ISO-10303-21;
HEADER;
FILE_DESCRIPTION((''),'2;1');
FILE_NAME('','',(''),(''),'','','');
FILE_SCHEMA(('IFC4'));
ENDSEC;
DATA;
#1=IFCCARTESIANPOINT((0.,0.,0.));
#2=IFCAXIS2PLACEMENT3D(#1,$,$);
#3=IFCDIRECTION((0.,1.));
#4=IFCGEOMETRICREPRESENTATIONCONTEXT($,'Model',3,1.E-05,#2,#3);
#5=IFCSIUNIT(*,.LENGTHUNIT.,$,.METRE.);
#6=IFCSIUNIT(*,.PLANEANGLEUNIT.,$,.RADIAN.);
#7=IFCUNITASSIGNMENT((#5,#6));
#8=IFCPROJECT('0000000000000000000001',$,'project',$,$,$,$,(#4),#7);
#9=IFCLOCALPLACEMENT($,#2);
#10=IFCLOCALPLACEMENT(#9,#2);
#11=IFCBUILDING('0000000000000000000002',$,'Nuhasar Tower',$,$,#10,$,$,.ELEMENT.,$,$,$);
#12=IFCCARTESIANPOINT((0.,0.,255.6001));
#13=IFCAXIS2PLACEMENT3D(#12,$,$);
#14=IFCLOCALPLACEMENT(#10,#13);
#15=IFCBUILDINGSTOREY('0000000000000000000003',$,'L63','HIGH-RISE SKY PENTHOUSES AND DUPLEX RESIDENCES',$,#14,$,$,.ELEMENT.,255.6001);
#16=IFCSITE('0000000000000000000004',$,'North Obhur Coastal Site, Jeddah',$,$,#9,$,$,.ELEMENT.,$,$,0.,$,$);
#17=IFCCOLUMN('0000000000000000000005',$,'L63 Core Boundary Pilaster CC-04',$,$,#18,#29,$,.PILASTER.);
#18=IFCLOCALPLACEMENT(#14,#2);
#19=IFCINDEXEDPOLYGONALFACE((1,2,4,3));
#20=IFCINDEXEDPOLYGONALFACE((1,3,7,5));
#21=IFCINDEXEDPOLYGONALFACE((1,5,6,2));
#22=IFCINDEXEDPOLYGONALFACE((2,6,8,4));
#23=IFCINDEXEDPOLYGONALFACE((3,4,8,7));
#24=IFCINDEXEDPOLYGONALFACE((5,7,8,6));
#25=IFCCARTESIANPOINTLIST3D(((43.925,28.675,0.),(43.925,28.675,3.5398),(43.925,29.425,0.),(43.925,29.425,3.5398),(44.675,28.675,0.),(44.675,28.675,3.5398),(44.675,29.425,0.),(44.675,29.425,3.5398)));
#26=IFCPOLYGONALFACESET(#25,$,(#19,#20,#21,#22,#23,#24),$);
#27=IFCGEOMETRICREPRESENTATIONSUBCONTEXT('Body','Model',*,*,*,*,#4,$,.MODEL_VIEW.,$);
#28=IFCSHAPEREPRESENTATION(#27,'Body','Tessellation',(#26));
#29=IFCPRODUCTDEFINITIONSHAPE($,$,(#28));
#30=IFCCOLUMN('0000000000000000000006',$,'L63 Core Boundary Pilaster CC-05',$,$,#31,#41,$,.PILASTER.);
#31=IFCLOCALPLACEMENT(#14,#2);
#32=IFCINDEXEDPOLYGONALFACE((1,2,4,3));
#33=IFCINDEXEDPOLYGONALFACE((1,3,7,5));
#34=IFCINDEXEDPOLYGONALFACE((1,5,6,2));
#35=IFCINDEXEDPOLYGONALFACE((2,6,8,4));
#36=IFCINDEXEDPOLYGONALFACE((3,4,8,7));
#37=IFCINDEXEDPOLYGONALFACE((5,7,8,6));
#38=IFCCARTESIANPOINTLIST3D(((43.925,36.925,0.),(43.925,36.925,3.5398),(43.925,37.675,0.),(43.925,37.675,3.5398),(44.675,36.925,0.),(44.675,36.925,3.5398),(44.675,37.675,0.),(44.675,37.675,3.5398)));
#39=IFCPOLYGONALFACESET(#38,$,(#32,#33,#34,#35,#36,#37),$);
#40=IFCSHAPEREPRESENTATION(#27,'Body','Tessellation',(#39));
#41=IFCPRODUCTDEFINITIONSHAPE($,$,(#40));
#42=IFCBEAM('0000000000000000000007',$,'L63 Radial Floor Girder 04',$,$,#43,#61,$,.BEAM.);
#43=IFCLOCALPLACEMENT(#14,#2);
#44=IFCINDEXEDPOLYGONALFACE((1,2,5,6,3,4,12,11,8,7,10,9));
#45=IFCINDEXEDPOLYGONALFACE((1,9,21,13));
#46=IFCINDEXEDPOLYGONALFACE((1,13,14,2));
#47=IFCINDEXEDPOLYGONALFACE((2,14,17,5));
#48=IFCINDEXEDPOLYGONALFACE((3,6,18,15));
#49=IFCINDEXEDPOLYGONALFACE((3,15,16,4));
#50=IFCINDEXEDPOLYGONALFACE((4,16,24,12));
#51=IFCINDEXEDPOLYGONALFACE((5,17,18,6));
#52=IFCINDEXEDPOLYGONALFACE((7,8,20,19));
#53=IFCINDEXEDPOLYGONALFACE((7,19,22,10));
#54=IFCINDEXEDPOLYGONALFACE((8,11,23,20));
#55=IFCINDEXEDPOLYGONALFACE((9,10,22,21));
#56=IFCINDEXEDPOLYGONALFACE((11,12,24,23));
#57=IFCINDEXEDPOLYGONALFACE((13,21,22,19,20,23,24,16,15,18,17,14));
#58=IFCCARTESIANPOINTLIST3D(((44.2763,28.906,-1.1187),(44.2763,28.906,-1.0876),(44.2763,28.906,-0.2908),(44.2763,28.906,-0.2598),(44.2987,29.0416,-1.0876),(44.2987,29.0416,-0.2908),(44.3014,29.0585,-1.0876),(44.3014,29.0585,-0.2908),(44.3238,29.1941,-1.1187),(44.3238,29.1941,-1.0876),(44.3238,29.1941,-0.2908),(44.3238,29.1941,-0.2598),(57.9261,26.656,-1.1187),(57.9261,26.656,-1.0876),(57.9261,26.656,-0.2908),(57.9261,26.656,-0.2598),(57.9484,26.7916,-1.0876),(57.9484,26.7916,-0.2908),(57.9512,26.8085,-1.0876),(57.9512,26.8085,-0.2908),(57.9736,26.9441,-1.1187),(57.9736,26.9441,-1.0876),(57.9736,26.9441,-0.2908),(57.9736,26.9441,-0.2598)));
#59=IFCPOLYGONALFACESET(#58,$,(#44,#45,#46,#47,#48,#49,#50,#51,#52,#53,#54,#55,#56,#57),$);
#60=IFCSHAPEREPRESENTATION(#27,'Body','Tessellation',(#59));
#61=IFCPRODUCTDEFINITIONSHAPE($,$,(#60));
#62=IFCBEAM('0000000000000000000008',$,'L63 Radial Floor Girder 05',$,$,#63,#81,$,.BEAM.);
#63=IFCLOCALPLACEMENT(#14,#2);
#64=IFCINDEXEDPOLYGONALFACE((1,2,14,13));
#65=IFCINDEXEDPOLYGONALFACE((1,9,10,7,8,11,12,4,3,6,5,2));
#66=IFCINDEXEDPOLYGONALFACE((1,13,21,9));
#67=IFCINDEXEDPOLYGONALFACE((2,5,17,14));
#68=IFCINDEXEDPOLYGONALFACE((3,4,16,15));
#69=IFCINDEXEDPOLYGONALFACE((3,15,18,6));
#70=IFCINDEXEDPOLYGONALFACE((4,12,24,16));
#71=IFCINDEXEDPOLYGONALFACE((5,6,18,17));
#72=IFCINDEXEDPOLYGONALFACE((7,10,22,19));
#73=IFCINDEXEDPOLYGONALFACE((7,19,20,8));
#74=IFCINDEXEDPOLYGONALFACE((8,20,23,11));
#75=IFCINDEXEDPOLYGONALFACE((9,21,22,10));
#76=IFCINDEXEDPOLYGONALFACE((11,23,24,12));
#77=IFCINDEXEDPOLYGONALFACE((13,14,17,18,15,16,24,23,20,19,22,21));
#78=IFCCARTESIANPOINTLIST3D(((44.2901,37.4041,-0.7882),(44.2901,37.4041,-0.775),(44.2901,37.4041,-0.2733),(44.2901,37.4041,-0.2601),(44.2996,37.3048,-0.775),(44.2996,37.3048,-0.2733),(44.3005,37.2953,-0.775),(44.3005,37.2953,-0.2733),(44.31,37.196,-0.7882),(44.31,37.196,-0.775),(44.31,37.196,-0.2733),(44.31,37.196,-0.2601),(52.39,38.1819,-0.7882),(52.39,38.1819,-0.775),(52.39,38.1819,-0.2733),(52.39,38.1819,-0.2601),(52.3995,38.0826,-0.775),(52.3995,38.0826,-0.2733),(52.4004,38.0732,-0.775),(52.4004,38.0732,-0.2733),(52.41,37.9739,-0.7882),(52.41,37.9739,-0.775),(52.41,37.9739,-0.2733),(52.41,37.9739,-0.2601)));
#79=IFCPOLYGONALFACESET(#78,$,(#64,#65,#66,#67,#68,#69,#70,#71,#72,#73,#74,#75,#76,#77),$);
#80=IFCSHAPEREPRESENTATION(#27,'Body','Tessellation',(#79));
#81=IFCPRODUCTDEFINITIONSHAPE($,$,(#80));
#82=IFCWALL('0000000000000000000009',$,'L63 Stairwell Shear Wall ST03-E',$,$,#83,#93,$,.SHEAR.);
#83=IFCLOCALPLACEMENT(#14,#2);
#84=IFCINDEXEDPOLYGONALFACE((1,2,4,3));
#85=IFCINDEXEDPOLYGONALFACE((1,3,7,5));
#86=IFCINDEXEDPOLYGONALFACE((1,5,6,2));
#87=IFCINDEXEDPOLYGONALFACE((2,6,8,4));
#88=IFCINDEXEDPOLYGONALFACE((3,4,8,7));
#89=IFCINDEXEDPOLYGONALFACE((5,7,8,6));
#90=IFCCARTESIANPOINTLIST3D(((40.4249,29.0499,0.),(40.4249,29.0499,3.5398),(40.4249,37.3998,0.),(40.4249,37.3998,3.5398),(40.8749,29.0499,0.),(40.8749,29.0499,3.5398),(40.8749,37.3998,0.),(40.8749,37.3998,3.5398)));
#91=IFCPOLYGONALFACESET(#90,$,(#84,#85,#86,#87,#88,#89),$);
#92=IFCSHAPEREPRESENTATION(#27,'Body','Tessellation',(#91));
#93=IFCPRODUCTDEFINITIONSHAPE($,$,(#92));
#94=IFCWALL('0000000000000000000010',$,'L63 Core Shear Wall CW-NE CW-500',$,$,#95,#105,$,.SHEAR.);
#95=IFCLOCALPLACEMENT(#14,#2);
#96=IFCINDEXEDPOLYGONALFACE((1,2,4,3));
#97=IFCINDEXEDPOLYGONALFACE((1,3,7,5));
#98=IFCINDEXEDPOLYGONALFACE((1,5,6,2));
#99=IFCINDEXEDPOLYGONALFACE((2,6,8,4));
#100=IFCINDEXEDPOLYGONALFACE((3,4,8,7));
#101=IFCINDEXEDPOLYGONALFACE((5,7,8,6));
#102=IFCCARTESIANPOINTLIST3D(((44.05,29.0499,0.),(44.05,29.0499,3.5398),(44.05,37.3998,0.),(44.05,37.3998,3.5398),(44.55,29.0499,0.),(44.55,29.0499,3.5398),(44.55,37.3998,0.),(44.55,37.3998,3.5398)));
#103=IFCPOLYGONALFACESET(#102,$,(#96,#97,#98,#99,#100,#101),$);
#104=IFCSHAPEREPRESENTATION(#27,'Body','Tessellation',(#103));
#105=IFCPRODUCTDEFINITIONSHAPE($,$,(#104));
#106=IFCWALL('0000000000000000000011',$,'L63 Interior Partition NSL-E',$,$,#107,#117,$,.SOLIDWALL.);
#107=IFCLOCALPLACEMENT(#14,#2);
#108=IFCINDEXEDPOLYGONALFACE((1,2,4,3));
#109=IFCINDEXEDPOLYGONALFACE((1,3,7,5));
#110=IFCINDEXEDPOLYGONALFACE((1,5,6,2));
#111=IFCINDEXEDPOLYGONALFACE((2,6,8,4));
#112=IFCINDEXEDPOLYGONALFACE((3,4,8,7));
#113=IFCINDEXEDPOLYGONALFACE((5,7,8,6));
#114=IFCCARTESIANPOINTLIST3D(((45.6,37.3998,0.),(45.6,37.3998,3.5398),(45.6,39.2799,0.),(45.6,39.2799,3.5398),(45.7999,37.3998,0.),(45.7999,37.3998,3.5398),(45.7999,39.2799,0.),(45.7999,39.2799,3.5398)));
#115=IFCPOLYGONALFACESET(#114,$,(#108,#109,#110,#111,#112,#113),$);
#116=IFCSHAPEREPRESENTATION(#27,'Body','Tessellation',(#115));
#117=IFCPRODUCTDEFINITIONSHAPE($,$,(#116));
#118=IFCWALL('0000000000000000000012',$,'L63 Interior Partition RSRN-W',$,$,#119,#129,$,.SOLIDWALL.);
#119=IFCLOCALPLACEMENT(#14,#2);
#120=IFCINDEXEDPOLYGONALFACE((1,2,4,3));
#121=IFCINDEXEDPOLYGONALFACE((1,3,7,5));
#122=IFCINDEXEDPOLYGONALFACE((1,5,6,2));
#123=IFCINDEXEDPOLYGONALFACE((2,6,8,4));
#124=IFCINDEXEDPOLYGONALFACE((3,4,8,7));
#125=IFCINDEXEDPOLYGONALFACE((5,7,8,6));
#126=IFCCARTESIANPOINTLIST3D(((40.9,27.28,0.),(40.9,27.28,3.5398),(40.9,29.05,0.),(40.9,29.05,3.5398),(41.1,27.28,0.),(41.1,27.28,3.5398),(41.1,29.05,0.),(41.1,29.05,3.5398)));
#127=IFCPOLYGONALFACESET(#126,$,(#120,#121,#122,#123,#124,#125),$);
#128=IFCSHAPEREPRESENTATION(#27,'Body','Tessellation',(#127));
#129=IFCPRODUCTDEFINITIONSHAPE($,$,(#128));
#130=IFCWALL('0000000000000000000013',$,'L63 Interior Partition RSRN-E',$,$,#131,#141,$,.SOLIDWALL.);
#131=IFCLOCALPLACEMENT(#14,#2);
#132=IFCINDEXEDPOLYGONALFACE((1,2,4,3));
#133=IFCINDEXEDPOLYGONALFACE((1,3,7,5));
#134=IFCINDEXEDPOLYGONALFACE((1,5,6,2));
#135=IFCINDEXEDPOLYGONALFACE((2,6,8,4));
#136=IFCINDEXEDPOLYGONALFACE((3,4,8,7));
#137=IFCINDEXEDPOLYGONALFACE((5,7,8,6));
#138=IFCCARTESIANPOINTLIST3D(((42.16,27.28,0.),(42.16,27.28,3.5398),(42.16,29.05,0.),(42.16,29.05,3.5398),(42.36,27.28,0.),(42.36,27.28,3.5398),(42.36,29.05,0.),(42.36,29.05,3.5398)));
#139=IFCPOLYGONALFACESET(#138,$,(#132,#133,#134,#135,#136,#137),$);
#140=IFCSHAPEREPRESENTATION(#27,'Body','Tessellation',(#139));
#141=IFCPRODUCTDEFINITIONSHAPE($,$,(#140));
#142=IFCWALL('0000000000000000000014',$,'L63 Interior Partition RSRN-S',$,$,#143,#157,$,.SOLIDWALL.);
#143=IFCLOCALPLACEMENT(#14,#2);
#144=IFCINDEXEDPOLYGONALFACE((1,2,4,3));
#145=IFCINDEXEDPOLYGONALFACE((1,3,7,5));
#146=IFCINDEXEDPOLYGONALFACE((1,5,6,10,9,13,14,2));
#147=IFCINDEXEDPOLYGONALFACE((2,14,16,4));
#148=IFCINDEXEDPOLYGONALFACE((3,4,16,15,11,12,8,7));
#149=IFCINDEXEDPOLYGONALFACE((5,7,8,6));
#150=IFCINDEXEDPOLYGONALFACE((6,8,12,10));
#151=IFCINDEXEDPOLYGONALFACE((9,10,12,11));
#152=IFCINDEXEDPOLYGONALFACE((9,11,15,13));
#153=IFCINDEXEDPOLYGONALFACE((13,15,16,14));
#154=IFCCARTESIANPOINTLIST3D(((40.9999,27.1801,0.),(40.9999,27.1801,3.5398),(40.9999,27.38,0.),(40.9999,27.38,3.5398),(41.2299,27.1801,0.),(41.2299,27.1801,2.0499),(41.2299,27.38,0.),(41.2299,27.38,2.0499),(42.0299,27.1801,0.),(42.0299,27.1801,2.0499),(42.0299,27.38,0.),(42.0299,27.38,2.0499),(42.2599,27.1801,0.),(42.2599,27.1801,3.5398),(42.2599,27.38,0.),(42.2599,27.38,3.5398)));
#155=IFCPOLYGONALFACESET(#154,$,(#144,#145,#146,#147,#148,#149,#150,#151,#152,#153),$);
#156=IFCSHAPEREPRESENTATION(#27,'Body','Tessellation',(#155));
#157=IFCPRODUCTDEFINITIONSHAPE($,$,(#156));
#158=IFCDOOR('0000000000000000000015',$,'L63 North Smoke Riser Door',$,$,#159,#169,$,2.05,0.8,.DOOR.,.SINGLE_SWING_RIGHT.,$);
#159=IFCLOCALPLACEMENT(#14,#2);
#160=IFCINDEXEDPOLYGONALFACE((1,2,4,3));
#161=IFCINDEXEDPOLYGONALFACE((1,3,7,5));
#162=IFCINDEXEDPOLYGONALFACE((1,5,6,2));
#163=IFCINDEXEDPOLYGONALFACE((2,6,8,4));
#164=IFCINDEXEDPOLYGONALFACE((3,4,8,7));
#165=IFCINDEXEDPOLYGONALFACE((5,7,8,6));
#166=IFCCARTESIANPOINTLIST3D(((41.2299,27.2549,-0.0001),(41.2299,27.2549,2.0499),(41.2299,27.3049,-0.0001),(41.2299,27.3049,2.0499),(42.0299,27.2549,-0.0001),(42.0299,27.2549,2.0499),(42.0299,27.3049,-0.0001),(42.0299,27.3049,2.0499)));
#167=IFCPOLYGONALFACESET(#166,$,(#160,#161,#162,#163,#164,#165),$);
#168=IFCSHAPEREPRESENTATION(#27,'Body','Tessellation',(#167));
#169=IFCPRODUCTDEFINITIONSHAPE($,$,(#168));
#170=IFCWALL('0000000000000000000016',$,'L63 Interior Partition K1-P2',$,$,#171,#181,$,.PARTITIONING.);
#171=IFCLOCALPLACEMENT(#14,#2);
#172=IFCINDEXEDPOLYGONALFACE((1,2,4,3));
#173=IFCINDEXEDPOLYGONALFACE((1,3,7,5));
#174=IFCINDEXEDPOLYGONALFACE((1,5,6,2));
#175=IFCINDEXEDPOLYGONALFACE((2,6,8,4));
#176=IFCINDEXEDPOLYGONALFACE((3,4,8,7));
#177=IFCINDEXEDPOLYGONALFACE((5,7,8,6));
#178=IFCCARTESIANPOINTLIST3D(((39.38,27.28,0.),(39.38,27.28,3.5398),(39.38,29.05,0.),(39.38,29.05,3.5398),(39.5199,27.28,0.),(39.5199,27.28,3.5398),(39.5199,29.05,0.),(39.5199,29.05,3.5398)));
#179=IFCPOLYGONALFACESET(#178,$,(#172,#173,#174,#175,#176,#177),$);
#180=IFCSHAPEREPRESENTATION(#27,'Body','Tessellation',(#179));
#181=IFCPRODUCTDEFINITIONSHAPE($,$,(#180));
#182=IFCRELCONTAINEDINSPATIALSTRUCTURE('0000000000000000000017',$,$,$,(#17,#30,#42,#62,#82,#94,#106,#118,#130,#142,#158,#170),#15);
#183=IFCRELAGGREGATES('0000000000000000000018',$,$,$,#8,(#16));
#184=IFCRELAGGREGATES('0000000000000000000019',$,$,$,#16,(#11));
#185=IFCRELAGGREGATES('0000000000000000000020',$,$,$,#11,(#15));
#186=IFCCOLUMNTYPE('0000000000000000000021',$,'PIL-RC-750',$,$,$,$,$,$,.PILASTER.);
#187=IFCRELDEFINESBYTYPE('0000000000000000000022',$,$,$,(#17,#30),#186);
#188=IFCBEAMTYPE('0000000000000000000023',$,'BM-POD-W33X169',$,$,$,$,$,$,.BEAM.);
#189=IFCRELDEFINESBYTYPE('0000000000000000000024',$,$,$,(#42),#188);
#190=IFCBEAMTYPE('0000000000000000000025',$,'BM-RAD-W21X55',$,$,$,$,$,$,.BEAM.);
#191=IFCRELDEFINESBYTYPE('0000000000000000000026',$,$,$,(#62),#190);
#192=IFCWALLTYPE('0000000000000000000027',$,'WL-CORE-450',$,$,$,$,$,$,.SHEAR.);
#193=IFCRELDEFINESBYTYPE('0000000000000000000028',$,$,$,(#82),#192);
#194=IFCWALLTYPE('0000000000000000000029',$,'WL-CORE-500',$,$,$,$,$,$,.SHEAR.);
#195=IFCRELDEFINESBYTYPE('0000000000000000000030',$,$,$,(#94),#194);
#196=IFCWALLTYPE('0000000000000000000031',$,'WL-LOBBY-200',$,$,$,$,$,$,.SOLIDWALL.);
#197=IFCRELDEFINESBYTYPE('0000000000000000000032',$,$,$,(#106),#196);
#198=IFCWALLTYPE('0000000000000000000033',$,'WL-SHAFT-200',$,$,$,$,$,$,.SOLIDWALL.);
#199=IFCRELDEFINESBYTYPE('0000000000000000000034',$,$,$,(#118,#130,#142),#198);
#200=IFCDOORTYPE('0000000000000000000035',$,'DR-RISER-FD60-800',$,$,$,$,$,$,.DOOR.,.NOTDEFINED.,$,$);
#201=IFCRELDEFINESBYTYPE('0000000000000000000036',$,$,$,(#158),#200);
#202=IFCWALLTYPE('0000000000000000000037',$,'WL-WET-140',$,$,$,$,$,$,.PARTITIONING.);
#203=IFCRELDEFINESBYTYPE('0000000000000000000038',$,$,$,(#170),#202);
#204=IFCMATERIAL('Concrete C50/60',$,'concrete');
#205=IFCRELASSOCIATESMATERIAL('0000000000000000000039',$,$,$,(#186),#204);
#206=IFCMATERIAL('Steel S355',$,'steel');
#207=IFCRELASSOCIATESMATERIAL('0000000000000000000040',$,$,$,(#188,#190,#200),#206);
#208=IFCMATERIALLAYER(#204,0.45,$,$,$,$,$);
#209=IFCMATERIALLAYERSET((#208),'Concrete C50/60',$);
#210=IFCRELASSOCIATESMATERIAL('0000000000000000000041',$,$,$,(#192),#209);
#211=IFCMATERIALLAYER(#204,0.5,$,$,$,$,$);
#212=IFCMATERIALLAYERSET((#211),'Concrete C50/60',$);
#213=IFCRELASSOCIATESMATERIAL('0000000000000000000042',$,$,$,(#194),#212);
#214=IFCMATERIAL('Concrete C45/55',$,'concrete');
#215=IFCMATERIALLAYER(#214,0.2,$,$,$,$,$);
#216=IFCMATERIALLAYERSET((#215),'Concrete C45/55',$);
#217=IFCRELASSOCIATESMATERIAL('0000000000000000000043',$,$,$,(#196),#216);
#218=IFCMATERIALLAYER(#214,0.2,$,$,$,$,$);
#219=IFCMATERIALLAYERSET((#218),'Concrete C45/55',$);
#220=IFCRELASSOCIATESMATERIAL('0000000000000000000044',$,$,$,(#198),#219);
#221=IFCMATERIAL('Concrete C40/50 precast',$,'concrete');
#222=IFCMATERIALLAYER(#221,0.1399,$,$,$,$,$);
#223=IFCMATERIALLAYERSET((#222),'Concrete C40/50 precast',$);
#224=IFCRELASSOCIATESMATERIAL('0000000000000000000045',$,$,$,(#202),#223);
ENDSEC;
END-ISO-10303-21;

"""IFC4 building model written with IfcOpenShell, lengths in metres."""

from ifc_helpers import new_model, si_unit, direction, frame, frame_2d, origin, origin_2d, place, context, subcontext, project, spatial, rectangle, i_section, extrude, material, layer, layer_set, material_profile, profile_set, type_object, element, fill, save


model = new_model("IFC4")

# Units and contexts
model_context = context("Model", 3, precision=1e-05, world=origin(), true_north=direction((0.0, 1.0)))
body_context = subcontext(model_context, "Body", "Model", "MODEL_VIEW")
ifc_project = project(units=[si_unit("LENGTHUNIT", "METRE"), si_unit("PLANEANGLEUNIT", "RADIAN")], contexts=[model_context])

# Site, building, storey
site_placement = place(None, origin())
site = spatial("IfcSite", under=ifc_project, at=site_placement, Name="North Obhur Coastal Site, Jeddah", CompositionType="ELEMENT", RefElevation=0.0)
building_placement = place(site_placement, origin())
building = spatial("IfcBuilding", under=site, at=building_placement, Name="Nuhasar Tower", CompositionType="ELEMENT")
storey_placement = place(building_placement, frame((0.0, 0.0, 255.6001)))
storey = spatial("IfcBuildingStorey", under=building, at=storey_placement, Name="L63", Description="HIGH-RISE SKY PENTHOUSES AND DUPLEX RESIDENCES", CompositionType="ELEMENT", Elevation=255.6001)

# Columns
ifc_material_1 = material(Name="Concrete C50/60", Category="concrete")
ifc_material_profile_1 = material_profile(ifc_material_1, rectangle(XDim=0.75, YDim=0.75, at=origin_2d()), Name="RC750X750")
ifc_profile_set_1 = profile_set([ifc_material_profile_1], Name="Concrete C50/60")
column_type = type_object("IfcColumnType", Name="PIL-RC-750", PredefinedType="PILASTER", material=ifc_profile_set_1)
for number, where, z_axis, x_axis, name in (
    (1, (44.3, 29.05, 0.0), (0.0, 0.0, 1.0), (1.0, 0.0, 0.0), "L63 Core Boundary Pilaster CC-04"),
    (2, (44.3, 37.3, 0.0), (0.0, 0.0, 1.0), (1.0, 0.0, 0.0), "L63 Core Boundary Pilaster CC-05"),
):
    element("IfcColumn", number, at=place(storey_placement, frame(where, z_axis=z_axis, x_axis=x_axis)), inside=storey, type_object=column_type, Name=name, PredefinedType="PILASTER", context=body_context, shape_type="SweptSolid", body=[
        extrude(rectangle(XDim=0.75, YDim=0.75, at=origin_2d()), origin(), (0.0, 0.0, 1.0), 3.5398),
    ])

# Beams
ifc_material_2 = material(Name="Steel S355", Category="steel")
ifc_material_profile_2 = material_profile(ifc_material_2, i_section(OverallWidth=0.292, OverallDepth=0.8589, WebThickness=0.0171, FlangeThickness=0.031, at=origin_2d()), Name="W33X169")
ifc_profile_set_2 = profile_set([ifc_material_profile_2], Name="Steel S355")
beam_type_1 = type_object("IfcBeamType", Name="BM-POD-W33X169", PredefinedType="BEAM", material=ifc_profile_set_2)
beam_1_placement = place(storey_placement, frame((44.3, 29.05, -0.6892), z_axis=(0.986685, -0.162642, 0.0), x_axis=(0.162642, 0.986685, 0.0)))
element("IfcBeam", 3, at=beam_1_placement, inside=storey, type_object=beam_type_1, Name="L63 Radial Floor Girder 04", PredefinedType="BEAM", context=body_context, shape_type="SweptSolid", body=[
    extrude(i_section(OverallWidth=0.292, OverallDepth=0.8589, WebThickness=0.0171, FlangeThickness=0.031, at=origin_2d()), origin(), (0.0, 0.0, 1.0), 13.834),
])
ifc_material_profile_3 = material_profile(ifc_material_2, i_section(OverallWidth=0.209, OverallDepth=0.5281, WebThickness=0.0095, FlangeThickness=0.0132, at=origin_2d()), Name="W21X55")
ifc_profile_set_3 = profile_set([ifc_material_profile_3], Name="Steel S355")
beam_type_2 = type_object("IfcBeamType", Name="BM-RAD-W21X55", PredefinedType="BEAM", material=ifc_profile_set_3)
beam_2_placement = place(storey_placement, frame((44.3, 37.3, -0.5242), z_axis=(0.995421, 0.095591, 0.0), x_axis=(-0.095591, 0.995421, 0.0)))
element("IfcBeam", 4, at=beam_2_placement, inside=storey, type_object=beam_type_2, Name="L63 Radial Floor Girder 05", PredefinedType="BEAM", context=body_context, shape_type="SweptSolid", body=[
    extrude(i_section(OverallWidth=0.209, OverallDepth=0.5281, WebThickness=0.0095, FlangeThickness=0.0132, at=origin_2d()), origin(), (0.0, 0.0, 1.0), 8.1372),
])

# Shared definitions
ifc_layer_1 = layer(ifc_material_1, 0.45)
ifc_layer_set_1 = layer_set([ifc_layer_1], Name="Concrete C50/60")
wall_type_1 = type_object("IfcWallType", Name="WL-CORE-450", PredefinedType="SHEAR", material=ifc_layer_set_1)

# Wall
wall_1_placement = place(storey_placement, frame((40.6499, 29.05, 0.0), z_axis=(0.0, 0.0, 1.0), x_axis=(0.0, 1.0, 0.0)))
element("IfcWall", 5, at=wall_1_placement, inside=storey, type_object=wall_type_1, Name="L63 Stairwell Shear Wall ST03-E", PredefinedType="SHEAR", context=body_context, shape_type="SweptSolid", body=[
    extrude(rectangle(XDim=8.3499, YDim=0.45, at=frame_2d((4.1748, 0.0))), origin(), (0.0, 0.0, 1.0), 3.5398),
])

# Walls
ifc_layer_2 = layer(ifc_material_1, 0.5)
ifc_layer_set_2 = layer_set([ifc_layer_2], Name="Concrete C50/60")
wall_type_2 = type_object("IfcWallType", Name="WL-CORE-500", PredefinedType="SHEAR", material=ifc_layer_set_2)
wall_2_placement = place(storey_placement, frame((44.3, 29.05, 0.0), z_axis=(0.0, 0.0, 1.0), x_axis=(0.0, 1.0, 0.0)))
element("IfcWall", 6, at=wall_2_placement, inside=storey, type_object=wall_type_2, Name="L63 Core Shear Wall CW-NE CW-500", PredefinedType="SHEAR", context=body_context, shape_type="SweptSolid", body=[
    extrude(rectangle(XDim=8.3499, YDim=0.5, at=frame_2d((4.1748, 0.0))), origin(), (0.0, 0.0, 1.0), 3.5398),
])
ifc_material_3 = material(Name="Concrete C45/55", Category="concrete")
ifc_layer_3 = layer(ifc_material_3, 0.2)
ifc_layer_set_3 = layer_set([ifc_layer_3], Name="Concrete C45/55")
wall_type_3 = type_object("IfcWallType", Name="WL-LOBBY-200", PredefinedType="SOLIDWALL", material=ifc_layer_set_3)
wall_3_placement = place(storey_placement, frame((45.7, 37.3999, 0.0), z_axis=(0.0, 0.0, 1.0), x_axis=(0.0, 1.0, 0.0)))
element("IfcWall", 7, at=wall_3_placement, inside=storey, type_object=wall_type_3, Name="L63 Interior Partition NSL-E", PredefinedType="SOLIDWALL", context=body_context, shape_type="SweptSolid", body=[
    extrude(rectangle(XDim=1.8801, YDim=0.2, at=frame_2d((0.9399, 0.0))), origin(), (0.0, 0.0, 1.0), 3.5398),
])
ifc_layer_4 = layer(ifc_material_3, 0.2)
ifc_layer_set_4 = layer_set([ifc_layer_4], Name="Concrete C45/55")
wall_type_4 = type_object("IfcWallType", Name="WL-SHAFT-200", PredefinedType="SOLIDWALL", material=ifc_layer_set_4)
for number, where, z_axis, x_axis, name in (
    (8, (41.0, 27.28, 0.0), (0.0, 0.0, 1.0), (0.0, 1.0, 0.0), "L63 Interior Partition RSRN-W"),
    (9, (42.26, 27.28, 0.0), (0.0, 0.0, 1.0), (0.0, 1.0, 0.0), "L63 Interior Partition RSRN-E"),
):
    element("IfcWall", number, at=place(storey_placement, frame(where, z_axis=z_axis, x_axis=x_axis)), inside=storey, type_object=wall_type_4, Name=name, PredefinedType="SOLIDWALL", context=body_context, shape_type="SweptSolid", body=[
        extrude(rectangle(XDim=1.77, YDim=0.2, at=frame_2d((0.885, 0.0))), origin(), (0.0, 0.0, 1.0), 3.5398),
    ])

# Wall, opening, door
wall_4_placement = place(storey_placement, frame((41.0, 27.28, 0.0), z_axis=(0.0, 0.0, 1.0), x_axis=(1.0, 0.0, 0.0)))
wall_4 = element("IfcWall", 10, at=wall_4_placement, inside=storey, type_object=wall_type_4, Name="L63 Interior Partition RSRN-S", PredefinedType="SOLIDWALL", context=body_context, shape_type="SweptSolid", body=[
    extrude(rectangle(XDim=1.26, YDim=0.2, at=frame_2d((0.6299, 0.0))), origin(), (0.0, 0.0, 1.0), 3.5398),
])
opening_1_placement = place(wall_4_placement, frame((0.23, 0.0, 0.0)))
opening_1 = element("IfcOpeningElement", 11, at=opening_1_placement, cuts=wall_4, PredefinedType="OPENING", context=body_context, shape_type="SweptSolid", body=[
    extrude(rectangle(XDim=0.8, YDim=2.05, at=frame_2d((0.3999, 1.0249))), frame((0.0, 0.1099, 0.0), z_axis=(0.0, -1.0, 0.0), x_axis=(1.0, 0.0, 0.0)), (0.0, 0.0, 1.0), 0.22),
])
door_type_1 = type_object("IfcDoorType", Name="DR-RISER-FD60-800", OperationType="NOTDEFINED", PredefinedType="DOOR", material=ifc_material_2)
door_1_placement = place(opening_1_placement, origin())
door_1 = element("IfcDoor", 12, at=door_1_placement, inside=storey, type_object=door_type_1, Name="L63 North Smoke Riser Door", OperationType="SINGLE_SWING_RIGHT", OverallHeight=2.05, OverallWidth=0.8, PredefinedType="DOOR", context=body_context, shape_type="SweptSolid", body=[
    extrude(rectangle(XDim=0.8, YDim=2.05, at=frame_2d((0.3999, 1.0249))), frame((0.0, 0.0249, 0.0), z_axis=(0.0, -1.0, 0.0), x_axis=(1.0, 0.0, 0.0)), (0.0, 0.0, 1.0), 0.05),
])
fill(opening_1, door_1)

# Wall
ifc_material_4 = material(Name="Concrete C40/50 precast", Category="concrete")
ifc_layer_5 = layer(ifc_material_4, 0.1399)
ifc_layer_set_5 = layer_set([ifc_layer_5], Name="Concrete C40/50 precast")
wall_type_5 = type_object("IfcWallType", Name="WL-WET-140", PredefinedType="PARTITIONING", material=ifc_layer_set_5)
wall_5_placement = place(storey_placement, frame((39.45, 27.28, 0.0), z_axis=(0.0, 0.0, 1.0), x_axis=(0.0, 1.0, 0.0)))
element("IfcWall", 13, at=wall_5_placement, inside=storey, type_object=wall_type_5, Name="L63 Interior Partition K1-P2", PredefinedType="PARTITIONING", context=body_context, shape_type="SweptSolid", body=[
    extrude(rectangle(XDim=1.77, YDim=0.1399, at=frame_2d((0.885, 0.0))), origin(), (0.0, 0.0, 1.0), 3.5398),
])

save(model, "model.ifc")
